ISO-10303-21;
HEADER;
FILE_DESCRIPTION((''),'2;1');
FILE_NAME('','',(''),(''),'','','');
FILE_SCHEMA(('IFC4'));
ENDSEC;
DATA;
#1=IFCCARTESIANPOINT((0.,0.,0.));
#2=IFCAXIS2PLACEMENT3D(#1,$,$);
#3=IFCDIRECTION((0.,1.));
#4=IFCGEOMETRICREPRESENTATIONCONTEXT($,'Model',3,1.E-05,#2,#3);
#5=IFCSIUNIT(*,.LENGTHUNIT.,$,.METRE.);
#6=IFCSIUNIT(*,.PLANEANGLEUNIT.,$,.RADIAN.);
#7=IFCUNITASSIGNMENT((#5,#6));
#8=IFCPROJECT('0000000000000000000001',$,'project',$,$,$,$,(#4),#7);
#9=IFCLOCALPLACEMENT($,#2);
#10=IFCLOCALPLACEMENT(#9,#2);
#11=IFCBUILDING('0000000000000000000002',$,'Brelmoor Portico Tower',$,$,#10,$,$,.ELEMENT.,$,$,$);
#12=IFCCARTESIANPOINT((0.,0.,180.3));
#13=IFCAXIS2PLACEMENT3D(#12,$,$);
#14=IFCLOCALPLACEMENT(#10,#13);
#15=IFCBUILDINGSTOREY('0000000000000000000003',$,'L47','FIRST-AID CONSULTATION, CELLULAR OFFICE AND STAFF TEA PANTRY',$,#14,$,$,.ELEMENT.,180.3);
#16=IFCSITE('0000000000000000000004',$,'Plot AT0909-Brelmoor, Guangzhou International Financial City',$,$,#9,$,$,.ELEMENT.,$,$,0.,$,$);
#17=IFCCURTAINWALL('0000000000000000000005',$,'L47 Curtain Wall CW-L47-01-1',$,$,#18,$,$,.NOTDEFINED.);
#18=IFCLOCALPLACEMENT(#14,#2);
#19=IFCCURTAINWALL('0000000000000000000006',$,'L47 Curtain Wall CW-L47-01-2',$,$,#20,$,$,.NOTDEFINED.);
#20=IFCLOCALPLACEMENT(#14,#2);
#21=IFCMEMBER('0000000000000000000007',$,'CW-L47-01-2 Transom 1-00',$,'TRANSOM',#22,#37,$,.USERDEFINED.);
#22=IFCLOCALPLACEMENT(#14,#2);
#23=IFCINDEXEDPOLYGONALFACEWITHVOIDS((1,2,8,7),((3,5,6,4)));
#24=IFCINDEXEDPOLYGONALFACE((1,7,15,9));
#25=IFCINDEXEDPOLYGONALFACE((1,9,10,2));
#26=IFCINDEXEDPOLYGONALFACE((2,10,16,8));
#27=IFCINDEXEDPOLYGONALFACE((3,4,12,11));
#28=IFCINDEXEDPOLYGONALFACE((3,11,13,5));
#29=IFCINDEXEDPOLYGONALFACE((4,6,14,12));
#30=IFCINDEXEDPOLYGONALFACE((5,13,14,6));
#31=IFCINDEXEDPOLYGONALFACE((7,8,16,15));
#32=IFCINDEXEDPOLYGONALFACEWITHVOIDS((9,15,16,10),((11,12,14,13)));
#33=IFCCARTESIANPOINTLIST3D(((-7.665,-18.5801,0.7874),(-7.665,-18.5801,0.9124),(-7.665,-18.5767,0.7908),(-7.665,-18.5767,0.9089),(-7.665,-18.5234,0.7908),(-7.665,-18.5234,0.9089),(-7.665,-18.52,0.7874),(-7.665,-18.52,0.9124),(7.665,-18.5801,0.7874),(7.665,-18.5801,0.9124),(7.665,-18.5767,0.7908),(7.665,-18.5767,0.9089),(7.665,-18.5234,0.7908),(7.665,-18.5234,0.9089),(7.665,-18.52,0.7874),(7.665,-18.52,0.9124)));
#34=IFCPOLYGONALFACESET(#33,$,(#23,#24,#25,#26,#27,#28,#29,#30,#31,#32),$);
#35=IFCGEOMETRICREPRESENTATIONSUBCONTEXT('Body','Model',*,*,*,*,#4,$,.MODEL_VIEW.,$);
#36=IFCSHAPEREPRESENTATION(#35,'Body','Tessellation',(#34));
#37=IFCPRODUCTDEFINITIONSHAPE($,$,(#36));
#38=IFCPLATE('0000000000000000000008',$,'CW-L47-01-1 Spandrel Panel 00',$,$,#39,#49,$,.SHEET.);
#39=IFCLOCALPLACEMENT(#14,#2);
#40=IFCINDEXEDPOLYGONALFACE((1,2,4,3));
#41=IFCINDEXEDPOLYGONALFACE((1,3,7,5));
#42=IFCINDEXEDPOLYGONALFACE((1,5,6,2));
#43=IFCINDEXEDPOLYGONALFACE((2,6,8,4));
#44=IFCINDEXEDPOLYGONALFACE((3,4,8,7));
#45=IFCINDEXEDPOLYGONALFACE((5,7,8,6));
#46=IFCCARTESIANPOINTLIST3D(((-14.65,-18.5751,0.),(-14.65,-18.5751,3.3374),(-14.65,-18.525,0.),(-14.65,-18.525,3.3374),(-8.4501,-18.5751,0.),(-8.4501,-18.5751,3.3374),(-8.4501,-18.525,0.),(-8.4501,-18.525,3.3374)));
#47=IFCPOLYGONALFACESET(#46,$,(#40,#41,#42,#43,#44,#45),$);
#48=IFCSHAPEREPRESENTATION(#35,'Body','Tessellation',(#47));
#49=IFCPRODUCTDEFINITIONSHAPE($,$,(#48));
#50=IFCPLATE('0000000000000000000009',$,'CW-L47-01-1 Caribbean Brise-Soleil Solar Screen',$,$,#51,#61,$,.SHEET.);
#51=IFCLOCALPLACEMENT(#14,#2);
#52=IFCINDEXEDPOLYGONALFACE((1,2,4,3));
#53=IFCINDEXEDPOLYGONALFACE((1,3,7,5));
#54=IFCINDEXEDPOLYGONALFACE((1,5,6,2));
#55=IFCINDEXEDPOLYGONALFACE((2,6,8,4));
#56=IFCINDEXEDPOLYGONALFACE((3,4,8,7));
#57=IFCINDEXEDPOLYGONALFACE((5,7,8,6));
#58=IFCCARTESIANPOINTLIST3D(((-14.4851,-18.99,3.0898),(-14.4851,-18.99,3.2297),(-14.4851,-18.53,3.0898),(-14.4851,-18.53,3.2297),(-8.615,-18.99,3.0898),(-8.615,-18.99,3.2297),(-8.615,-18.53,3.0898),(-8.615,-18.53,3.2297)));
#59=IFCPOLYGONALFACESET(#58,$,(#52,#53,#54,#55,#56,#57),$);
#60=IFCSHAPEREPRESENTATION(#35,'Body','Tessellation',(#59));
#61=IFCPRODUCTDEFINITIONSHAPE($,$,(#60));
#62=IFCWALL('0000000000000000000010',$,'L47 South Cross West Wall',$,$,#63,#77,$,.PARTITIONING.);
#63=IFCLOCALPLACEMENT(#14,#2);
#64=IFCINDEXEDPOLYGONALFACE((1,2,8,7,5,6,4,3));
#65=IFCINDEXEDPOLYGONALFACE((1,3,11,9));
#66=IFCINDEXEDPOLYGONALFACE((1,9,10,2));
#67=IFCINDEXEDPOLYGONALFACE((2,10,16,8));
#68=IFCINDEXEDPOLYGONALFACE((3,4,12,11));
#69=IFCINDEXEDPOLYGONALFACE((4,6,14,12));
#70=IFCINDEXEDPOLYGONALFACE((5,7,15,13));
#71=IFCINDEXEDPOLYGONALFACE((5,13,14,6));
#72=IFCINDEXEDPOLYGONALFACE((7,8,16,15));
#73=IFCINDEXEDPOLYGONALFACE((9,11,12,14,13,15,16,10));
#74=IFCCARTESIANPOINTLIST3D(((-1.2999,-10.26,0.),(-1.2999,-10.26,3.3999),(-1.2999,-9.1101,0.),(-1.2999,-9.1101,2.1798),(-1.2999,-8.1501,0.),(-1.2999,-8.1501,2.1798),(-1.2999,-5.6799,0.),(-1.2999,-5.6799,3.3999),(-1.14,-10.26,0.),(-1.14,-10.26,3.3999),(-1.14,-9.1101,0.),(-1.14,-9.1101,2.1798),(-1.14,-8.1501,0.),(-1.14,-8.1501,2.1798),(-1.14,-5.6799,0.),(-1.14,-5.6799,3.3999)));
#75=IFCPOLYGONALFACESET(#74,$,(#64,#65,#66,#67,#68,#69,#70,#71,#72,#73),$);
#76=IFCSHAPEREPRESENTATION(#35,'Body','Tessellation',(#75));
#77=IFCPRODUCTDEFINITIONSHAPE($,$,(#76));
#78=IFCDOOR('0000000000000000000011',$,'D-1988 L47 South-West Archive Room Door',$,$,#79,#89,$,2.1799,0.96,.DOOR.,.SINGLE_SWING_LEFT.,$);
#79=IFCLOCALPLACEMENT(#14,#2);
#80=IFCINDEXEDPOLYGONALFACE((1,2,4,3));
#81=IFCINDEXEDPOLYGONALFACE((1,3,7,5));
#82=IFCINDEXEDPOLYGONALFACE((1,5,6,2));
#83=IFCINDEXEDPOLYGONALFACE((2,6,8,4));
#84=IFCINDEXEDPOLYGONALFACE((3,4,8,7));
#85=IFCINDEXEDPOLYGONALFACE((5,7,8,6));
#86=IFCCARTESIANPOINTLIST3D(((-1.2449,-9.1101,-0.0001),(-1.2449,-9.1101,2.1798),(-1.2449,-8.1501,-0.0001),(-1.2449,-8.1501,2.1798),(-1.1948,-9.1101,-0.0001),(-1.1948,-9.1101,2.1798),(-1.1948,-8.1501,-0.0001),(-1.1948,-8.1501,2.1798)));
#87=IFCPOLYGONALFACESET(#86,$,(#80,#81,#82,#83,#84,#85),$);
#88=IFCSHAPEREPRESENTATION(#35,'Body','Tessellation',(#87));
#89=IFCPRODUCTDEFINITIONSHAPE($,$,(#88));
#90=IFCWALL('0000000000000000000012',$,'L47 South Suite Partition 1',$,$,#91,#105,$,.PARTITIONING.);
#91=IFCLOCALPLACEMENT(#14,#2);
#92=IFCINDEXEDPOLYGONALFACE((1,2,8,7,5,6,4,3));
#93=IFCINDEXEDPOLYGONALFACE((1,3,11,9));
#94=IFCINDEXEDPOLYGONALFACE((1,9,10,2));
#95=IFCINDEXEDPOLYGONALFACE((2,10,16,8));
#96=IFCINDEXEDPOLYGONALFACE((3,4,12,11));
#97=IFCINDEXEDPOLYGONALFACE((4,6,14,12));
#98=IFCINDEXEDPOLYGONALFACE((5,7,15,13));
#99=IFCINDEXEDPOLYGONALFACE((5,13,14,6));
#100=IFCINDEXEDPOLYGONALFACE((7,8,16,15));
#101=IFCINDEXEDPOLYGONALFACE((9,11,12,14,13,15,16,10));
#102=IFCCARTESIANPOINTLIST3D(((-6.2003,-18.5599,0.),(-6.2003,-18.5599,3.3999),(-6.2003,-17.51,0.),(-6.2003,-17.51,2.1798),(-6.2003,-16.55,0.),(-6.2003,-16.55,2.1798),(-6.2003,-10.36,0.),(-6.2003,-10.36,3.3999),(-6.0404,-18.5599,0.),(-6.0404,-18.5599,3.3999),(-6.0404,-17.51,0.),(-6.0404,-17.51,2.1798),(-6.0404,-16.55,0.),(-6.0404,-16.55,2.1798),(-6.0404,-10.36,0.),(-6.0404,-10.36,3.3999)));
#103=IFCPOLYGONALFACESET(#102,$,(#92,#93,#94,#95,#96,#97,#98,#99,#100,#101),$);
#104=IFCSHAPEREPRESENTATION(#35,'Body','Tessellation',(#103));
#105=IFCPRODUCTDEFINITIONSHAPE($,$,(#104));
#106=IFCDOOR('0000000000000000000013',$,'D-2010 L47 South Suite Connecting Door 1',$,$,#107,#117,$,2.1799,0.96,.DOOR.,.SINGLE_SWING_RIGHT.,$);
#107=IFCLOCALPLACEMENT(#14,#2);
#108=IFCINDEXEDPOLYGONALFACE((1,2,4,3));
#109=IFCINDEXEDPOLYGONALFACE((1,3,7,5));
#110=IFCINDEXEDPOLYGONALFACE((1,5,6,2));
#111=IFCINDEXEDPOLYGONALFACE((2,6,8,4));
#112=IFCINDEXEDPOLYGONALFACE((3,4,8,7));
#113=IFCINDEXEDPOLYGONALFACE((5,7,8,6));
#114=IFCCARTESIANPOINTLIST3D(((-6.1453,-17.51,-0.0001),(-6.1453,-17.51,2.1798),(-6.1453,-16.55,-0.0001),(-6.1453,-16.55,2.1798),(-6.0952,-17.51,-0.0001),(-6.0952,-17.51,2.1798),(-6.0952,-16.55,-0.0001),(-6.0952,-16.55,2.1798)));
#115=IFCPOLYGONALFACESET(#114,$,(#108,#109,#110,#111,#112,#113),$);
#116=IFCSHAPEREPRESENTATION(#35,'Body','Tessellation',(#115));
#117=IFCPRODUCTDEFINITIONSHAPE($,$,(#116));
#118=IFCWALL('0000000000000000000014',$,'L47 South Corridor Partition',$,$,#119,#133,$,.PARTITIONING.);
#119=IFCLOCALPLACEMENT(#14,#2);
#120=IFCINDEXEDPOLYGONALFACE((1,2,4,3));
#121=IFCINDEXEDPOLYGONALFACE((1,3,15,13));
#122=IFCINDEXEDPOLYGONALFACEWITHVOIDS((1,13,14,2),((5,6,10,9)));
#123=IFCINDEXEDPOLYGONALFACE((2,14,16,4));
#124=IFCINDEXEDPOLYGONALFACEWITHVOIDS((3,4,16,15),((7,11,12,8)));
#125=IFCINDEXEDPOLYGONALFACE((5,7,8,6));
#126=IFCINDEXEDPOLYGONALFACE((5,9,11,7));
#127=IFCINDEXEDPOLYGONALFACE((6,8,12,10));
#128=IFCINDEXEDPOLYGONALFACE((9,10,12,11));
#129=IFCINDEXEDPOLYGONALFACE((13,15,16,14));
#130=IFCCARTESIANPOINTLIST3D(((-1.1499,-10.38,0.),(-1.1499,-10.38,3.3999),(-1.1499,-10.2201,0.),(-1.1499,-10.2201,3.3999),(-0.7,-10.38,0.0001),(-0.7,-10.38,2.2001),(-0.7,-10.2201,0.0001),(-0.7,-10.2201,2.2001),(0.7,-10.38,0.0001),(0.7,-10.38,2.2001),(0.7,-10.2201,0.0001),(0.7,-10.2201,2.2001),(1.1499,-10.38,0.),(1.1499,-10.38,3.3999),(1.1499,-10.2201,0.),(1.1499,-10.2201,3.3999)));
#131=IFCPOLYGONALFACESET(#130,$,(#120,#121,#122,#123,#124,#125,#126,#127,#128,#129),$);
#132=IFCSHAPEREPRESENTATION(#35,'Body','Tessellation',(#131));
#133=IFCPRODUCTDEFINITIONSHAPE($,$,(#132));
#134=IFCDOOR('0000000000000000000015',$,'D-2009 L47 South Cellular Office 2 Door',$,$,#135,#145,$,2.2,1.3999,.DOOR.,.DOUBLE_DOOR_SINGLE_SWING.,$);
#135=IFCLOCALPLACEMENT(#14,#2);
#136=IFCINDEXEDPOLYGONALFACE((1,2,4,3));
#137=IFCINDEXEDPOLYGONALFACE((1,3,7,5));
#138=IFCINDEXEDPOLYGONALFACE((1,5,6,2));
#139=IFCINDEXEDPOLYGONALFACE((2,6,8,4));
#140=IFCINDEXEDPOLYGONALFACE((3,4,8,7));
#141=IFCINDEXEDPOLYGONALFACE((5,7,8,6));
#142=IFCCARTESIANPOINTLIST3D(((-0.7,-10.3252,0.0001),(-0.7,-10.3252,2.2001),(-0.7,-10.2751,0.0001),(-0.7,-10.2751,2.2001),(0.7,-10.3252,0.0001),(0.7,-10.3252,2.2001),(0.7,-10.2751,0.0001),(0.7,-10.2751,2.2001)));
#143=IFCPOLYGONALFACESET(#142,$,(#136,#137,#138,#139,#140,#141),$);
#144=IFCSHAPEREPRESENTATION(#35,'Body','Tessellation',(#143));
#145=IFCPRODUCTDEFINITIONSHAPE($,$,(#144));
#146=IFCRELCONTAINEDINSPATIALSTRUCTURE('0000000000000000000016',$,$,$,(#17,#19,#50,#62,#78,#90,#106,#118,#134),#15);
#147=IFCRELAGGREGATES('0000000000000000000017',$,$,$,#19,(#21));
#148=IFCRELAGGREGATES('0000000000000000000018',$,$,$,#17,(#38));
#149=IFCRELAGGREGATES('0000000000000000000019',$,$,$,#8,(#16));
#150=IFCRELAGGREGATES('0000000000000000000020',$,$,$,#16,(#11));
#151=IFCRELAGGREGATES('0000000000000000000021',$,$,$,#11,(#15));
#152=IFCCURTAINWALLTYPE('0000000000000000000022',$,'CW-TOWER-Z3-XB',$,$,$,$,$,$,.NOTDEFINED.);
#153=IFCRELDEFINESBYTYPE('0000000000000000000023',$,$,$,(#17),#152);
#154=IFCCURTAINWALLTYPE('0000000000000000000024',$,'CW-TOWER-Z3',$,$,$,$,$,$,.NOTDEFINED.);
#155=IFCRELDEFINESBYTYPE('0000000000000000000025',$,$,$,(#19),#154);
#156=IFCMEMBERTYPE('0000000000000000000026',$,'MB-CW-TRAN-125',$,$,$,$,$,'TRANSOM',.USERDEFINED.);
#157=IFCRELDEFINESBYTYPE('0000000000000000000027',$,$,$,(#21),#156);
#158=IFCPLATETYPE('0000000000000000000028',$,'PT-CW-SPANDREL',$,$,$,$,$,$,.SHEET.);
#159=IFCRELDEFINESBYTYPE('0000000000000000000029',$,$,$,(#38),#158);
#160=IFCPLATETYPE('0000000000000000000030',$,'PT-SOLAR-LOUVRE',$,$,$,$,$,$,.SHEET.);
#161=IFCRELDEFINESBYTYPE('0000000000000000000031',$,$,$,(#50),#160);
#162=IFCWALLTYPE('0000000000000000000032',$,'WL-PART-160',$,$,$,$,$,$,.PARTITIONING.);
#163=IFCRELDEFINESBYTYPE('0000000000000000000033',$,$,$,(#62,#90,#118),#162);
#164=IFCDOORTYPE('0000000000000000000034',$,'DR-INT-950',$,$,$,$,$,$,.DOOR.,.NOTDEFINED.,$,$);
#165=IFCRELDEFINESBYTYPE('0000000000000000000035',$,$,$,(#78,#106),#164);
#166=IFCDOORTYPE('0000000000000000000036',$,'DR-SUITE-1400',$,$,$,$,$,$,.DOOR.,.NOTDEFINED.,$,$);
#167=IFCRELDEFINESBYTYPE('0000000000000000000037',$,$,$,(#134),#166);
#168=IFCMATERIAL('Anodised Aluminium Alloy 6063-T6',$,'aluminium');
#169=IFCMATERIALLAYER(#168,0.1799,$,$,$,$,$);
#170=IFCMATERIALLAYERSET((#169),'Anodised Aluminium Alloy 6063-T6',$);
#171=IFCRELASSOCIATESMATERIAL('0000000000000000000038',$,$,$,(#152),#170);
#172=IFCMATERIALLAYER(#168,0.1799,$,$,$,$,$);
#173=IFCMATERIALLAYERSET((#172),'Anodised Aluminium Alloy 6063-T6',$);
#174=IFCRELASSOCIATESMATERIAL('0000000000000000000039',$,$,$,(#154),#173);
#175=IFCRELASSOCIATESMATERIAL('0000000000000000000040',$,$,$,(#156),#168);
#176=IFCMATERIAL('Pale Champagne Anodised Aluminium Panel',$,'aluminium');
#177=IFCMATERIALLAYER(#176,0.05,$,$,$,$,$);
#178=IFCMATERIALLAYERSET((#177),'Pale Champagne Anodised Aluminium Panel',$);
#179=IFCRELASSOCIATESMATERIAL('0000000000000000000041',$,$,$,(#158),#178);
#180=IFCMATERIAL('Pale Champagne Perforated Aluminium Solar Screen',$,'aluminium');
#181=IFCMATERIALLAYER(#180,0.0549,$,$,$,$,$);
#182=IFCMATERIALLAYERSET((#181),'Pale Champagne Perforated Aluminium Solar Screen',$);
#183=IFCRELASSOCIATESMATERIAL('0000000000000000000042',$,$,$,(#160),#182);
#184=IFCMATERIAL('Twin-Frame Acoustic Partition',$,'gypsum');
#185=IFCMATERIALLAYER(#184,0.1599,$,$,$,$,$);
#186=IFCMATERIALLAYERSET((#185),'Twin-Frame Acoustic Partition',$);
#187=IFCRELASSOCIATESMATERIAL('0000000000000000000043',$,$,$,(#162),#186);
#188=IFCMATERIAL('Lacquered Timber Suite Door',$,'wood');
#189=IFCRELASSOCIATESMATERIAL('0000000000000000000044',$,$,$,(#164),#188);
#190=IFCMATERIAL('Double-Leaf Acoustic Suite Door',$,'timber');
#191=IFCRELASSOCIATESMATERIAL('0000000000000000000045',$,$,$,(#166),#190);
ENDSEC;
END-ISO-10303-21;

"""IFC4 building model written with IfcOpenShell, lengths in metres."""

from ifc_helpers import new_model, si_unit, direction, frame, frame_2d, origin, origin_2d, place, context, subcontext, project, spatial, rectangle, hollow_rectangle, extrude, material, layer, layer_set, material_profile, profile_set, type_object, element, fill, aggregate, save


model = new_model("IFC4")

# Units and contexts
model_context = context("Model", 3, precision=1e-05, world=origin(), true_north=direction((0.0, 1.0)))
body_context = subcontext(model_context, "Body", "Model", "MODEL_VIEW")
ifc_project = project(units=[si_unit("LENGTHUNIT", "METRE"), si_unit("PLANEANGLEUNIT", "RADIAN")], contexts=[model_context])

# Site, building, storey
site_placement = place(None, origin())
site = spatial("IfcSite", under=ifc_project, at=site_placement, Name="Plot AT0909-Brelmoor, Guangzhou International Financial City", CompositionType="ELEMENT", RefElevation=0.0)
building_placement = place(site_placement, origin())
building = spatial("IfcBuilding", under=site, at=building_placement, Name="Brelmoor Portico Tower", CompositionType="ELEMENT")
storey_placement = place(building_placement, frame((0.0, 0.0, 180.3)))
storey = spatial("IfcBuildingStorey", under=building, at=storey_placement, Name="L47", Description="FIRST-AID CONSULTATION, CELLULAR OFFICE AND STAFF TEA PANTRY", CompositionType="ELEMENT", Elevation=180.3)

# Curtain wall
ifc_material_1 = material(Name="Anodised Aluminium Alloy 6063-T6", Category="aluminium")
ifc_layer_1 = layer(ifc_material_1, 0.1799)
ifc_layer_set_1 = layer_set([ifc_layer_1], Name="Anodised Aluminium Alloy 6063-T6")
curtain_wall_type_1 = type_object("IfcCurtainWallType", Name="CW-TOWER-Z3-XB", PredefinedType="NOTDEFINED", material=ifc_layer_set_1)
curtain_wall_1_placement = place(storey_placement, origin())
curtain_wall_1 = element("IfcCurtainWall", 1, at=curtain_wall_1_placement, inside=storey, type_object=curtain_wall_type_1, Name="L47 Curtain Wall CW-L47-01-1", PredefinedType="NOTDEFINED")

# Curtain wall, member
ifc_layer_2 = layer(ifc_material_1, 0.1799)
ifc_layer_set_2 = layer_set([ifc_layer_2], Name="Anodised Aluminium Alloy 6063-T6")
curtain_wall_type_2 = type_object("IfcCurtainWallType", Name="CW-TOWER-Z3", PredefinedType="NOTDEFINED", material=ifc_layer_set_2)
curtain_wall_2_placement = place(storey_placement, origin())
curtain_wall_2 = element("IfcCurtainWall", 2, at=curtain_wall_2_placement, inside=storey, type_object=curtain_wall_type_2, Name="L47 Curtain Wall CW-L47-01-2", PredefinedType="NOTDEFINED")
ifc_material_profile_1 = material_profile(ifc_material_1, hollow_rectangle(XDim=0.0601, YDim=0.125, WallThickness=0.0034, at=origin_2d()), Name="ALU TRANSOM 60x125")
ifc_profile_set_1 = profile_set([ifc_material_profile_1], Name="Anodised Aluminium Alloy 6063-T6")
member_type_1 = type_object("IfcMemberType", Name="MB-CW-TRAN-125", ElementType="TRANSOM", PredefinedType="USERDEFINED", material=ifc_profile_set_1)
member_1_placement = place(storey_placement, frame((-7.665, -18.55, 0.8499), z_axis=(1.0, 0.0, 0.0), x_axis=(0.0, 1.0, 0.0)))
member_1 = element("IfcMember", 3, at=member_1_placement, type_object=member_type_1, Name="CW-L47-01-2 Transom 1-00", ObjectType="TRANSOM", PredefinedType="USERDEFINED", context=body_context, shape_type="SweptSolid", body=[
    extrude(hollow_rectangle(XDim=0.0601, YDim=0.125, WallThickness=0.0034, at=origin_2d()), origin(), (0.0, 0.0, 1.0), 15.3301),
])
aggregate(curtain_wall_2, [member_1])

# Plates
ifc_material_2 = material(Name="Pale Champagne Anodised Aluminium Panel", Category="aluminium")
ifc_layer_3 = layer(ifc_material_2, 0.05)
ifc_layer_set_3 = layer_set([ifc_layer_3], Name="Pale Champagne Anodised Aluminium Panel")
plate_type_1 = type_object("IfcPlateType", Name="PT-CW-SPANDREL", PredefinedType="SHEET", material=ifc_layer_set_3)
plate_1_placement = place(storey_placement, frame((-11.55, -18.55, 0.0), z_axis=(0.0, 0.0, 1.0), x_axis=(1.0, 0.0, 0.0)))
plate_1 = element("IfcPlate", 4, at=plate_1_placement, type_object=plate_type_1, Name="CW-L47-01-1 Spandrel Panel 00", PredefinedType="SHEET", context=body_context, shape_type="SweptSolid", body=[
    extrude(rectangle(XDim=6.2, YDim=0.05, at=origin_2d()), origin(), (0.0, 0.0, 1.0), 3.3374),
])
aggregate(curtain_wall_1, [plate_1])
ifc_material_3 = material(Name="Pale Champagne Perforated Aluminium Solar Screen", Category="aluminium")
ifc_layer_4 = layer(ifc_material_3, 0.0549)
ifc_layer_set_4 = layer_set([ifc_layer_4], Name="Pale Champagne Perforated Aluminium Solar Screen")
plate_type_2 = type_object("IfcPlateType", Name="PT-SOLAR-LOUVRE", PredefinedType="SHEET", material=ifc_layer_set_4)
plate_2_placement = place(storey_placement, frame((-11.55, -18.76, 3.0898), z_axis=(0.0, 0.0, 1.0), x_axis=(1.0, 0.0, 0.0)))
element("IfcPlate", 5, at=plate_2_placement, inside=storey, type_object=plate_type_2, Name="CW-L47-01-1 Caribbean Brise-Soleil Solar Screen", PredefinedType="SHEET", context=body_context, shape_type="SweptSolid", body=[
    extrude(rectangle(XDim=5.8701, YDim=0.46, at=origin_2d()), origin(), (0.0, 0.0, 1.0), 0.1399),
])

# Walls, openings, doors
ifc_material_4 = material(Name="Twin-Frame Acoustic Partition", Category="gypsum")
ifc_layer_5 = layer(ifc_material_4, 0.1599)
ifc_layer_set_5 = layer_set([ifc_layer_5], Name="Twin-Frame Acoustic Partition")
wall_type_1 = type_object("IfcWallType", Name="WL-PART-160", PredefinedType="PARTITIONING", material=ifc_layer_set_5)
wall_1_placement = place(storey_placement, frame((-1.22, -10.26, 0.0), z_axis=(0.0, 0.0, 1.0), x_axis=(0.0, 1.0, 0.0)))
wall_1 = element("IfcWall", 6, at=wall_1_placement, inside=storey, type_object=wall_type_1, Name="L47 South Cross West Wall", PredefinedType="PARTITIONING", context=body_context, shape_type="SweptSolid", body=[
    extrude(rectangle(XDim=4.5801, YDim=0.1599, at=frame_2d((2.29, 0.0))), origin(), (0.0, 0.0, 1.0), 3.3999),
])
opening_1_placement = place(wall_1_placement, frame((1.1499, 0.0, 0.0)))
opening_1 = element("IfcOpeningElement", 7, at=opening_1_placement, cuts=wall_1, PredefinedType="OPENING", context=body_context, shape_type="SweptSolid", body=[
    extrude(rectangle(XDim=0.96, YDim=2.1799, at=frame_2d((0.48, 1.0898))), frame((0.0, 0.0898, 0.0), z_axis=(0.0, -1.0, 0.0), x_axis=(1.0, 0.0, 0.0)), (0.0, 0.0, 1.0), 0.1799),
])
ifc_material_5 = material(Name="Lacquered Timber Suite Door", Category="wood")
door_type_1 = type_object("IfcDoorType", Name="DR-INT-950", OperationType="NOTDEFINED", PredefinedType="DOOR", material=ifc_material_5)
door_1_placement = place(opening_1_placement, origin())
door_1 = element("IfcDoor", 8, at=door_1_placement, inside=storey, type_object=door_type_1, Name="D-1988 L47 South-West Archive Room Door", OperationType="SINGLE_SWING_LEFT", OverallHeight=2.1799, OverallWidth=0.96, PredefinedType="DOOR", context=body_context, shape_type="SweptSolid", body=[
    extrude(rectangle(XDim=0.96, YDim=2.1799, at=frame_2d((0.48, 1.0898))), frame((0.0, 0.0249, 0.0), z_axis=(0.0, -1.0, 0.0), x_axis=(1.0, 0.0, 0.0)), (0.0, 0.0, 1.0), 0.05),
])
fill(opening_1, door_1)
wall_2_placement = place(storey_placement, frame((-6.1204, -18.5601, 0.0), z_axis=(0.0, 0.0, 1.0), x_axis=(0.0, 1.0, 0.0)))
wall_2 = element("IfcWall", 9, at=wall_2_placement, inside=storey, type_object=wall_type_1, Name="L47 South Suite Partition 1", PredefinedType="PARTITIONING", context=body_context, shape_type="SweptSolid", body=[
    extrude(rectangle(XDim=8.2, YDim=0.1599, at=frame_2d((4.1001, 0.0))), origin(), (0.0, 0.0, 1.0), 3.3999),
])
opening_2_placement = place(wall_2_placement, frame((1.05, 0.0, 0.0)))
opening_2 = element("IfcOpeningElement", 10, at=opening_2_placement, cuts=wall_2, PredefinedType="OPENING", context=body_context, shape_type="SweptSolid", body=[
    extrude(rectangle(XDim=0.96, YDim=2.1799, at=frame_2d((0.48, 1.0898))), frame((0.0, 0.0898, 0.0), z_axis=(0.0, -1.0, 0.0), x_axis=(1.0, 0.0, 0.0)), (0.0, 0.0, 1.0), 0.1799),
])
door_2_placement = place(opening_2_placement, origin())
door_2 = element("IfcDoor", 11, at=door_2_placement, inside=storey, type_object=door_type_1, Name="D-2010 L47 South Suite Connecting Door 1", OperationType="SINGLE_SWING_RIGHT", OverallHeight=2.1799, OverallWidth=0.96, PredefinedType="DOOR", context=body_context, shape_type="SweptSolid", body=[
    extrude(rectangle(XDim=0.96, YDim=2.1799, at=frame_2d((0.48, 1.0898))), frame((0.0, 0.0249, 0.0), z_axis=(0.0, -1.0, 0.0), x_axis=(1.0, 0.0, 0.0)), (0.0, 0.0, 1.0), 0.05),
])
fill(opening_2, door_2)
wall_3_placement = place(storey_placement, frame((-1.1499, -10.3, 0.0), z_axis=(0.0, 0.0, 1.0), x_axis=(1.0, 0.0, 0.0)))
wall_3 = element("IfcWall", 12, at=wall_3_placement, inside=storey, type_object=wall_type_1, Name="L47 South Corridor Partition", PredefinedType="PARTITIONING", context=body_context, shape_type="SweptSolid", body=[
    extrude(rectangle(XDim=2.2998, YDim=0.1599, at=frame_2d((1.1499, 0.0))), origin(), (0.0, 0.0, 1.0), 3.3999),
])
opening_3_placement = place(wall_3_placement, frame((0.45, 0.0, 0.0)))
opening_3 = element("IfcOpeningElement", 13, at=opening_3_placement, cuts=wall_3, PredefinedType="OPENING", context=body_context, shape_type="SweptSolid", body=[
    extrude(rectangle(XDim=1.3999, YDim=2.2, at=frame_2d((0.7, 1.1001))), frame((0.0, 0.0898, 0.0), z_axis=(0.0, -1.0, 0.0), x_axis=(1.0, 0.0, 0.0)), (0.0, 0.0, 1.0), 0.1799),
])
ifc_material_6 = material(Name="Double-Leaf Acoustic Suite Door", Category="timber")
door_type_2 = type_object("IfcDoorType", Name="DR-SUITE-1400", OperationType="NOTDEFINED", PredefinedType="DOOR", material=ifc_material_6)
door_3_placement = place(opening_3_placement, origin())
door_3 = element("IfcDoor", 14, at=door_3_placement, inside=storey, type_object=door_type_2, Name="D-2009 L47 South Cellular Office 2 Door", OperationType="DOUBLE_DOOR_SINGLE_SWING", OverallHeight=2.2, OverallWidth=1.3999, PredefinedType="DOOR", context=body_context, shape_type="SweptSolid", body=[
    extrude(rectangle(XDim=1.3999, YDim=2.2, at=frame_2d((0.7, 1.1001))), frame((0.0, 0.0249, 0.0), z_axis=(0.0, -1.0, 0.0), x_axis=(1.0, 0.0, 0.0)), (0.0, 0.0, 1.0), 0.05),
])
fill(opening_3, door_3)

save(model, "model.ifc")
